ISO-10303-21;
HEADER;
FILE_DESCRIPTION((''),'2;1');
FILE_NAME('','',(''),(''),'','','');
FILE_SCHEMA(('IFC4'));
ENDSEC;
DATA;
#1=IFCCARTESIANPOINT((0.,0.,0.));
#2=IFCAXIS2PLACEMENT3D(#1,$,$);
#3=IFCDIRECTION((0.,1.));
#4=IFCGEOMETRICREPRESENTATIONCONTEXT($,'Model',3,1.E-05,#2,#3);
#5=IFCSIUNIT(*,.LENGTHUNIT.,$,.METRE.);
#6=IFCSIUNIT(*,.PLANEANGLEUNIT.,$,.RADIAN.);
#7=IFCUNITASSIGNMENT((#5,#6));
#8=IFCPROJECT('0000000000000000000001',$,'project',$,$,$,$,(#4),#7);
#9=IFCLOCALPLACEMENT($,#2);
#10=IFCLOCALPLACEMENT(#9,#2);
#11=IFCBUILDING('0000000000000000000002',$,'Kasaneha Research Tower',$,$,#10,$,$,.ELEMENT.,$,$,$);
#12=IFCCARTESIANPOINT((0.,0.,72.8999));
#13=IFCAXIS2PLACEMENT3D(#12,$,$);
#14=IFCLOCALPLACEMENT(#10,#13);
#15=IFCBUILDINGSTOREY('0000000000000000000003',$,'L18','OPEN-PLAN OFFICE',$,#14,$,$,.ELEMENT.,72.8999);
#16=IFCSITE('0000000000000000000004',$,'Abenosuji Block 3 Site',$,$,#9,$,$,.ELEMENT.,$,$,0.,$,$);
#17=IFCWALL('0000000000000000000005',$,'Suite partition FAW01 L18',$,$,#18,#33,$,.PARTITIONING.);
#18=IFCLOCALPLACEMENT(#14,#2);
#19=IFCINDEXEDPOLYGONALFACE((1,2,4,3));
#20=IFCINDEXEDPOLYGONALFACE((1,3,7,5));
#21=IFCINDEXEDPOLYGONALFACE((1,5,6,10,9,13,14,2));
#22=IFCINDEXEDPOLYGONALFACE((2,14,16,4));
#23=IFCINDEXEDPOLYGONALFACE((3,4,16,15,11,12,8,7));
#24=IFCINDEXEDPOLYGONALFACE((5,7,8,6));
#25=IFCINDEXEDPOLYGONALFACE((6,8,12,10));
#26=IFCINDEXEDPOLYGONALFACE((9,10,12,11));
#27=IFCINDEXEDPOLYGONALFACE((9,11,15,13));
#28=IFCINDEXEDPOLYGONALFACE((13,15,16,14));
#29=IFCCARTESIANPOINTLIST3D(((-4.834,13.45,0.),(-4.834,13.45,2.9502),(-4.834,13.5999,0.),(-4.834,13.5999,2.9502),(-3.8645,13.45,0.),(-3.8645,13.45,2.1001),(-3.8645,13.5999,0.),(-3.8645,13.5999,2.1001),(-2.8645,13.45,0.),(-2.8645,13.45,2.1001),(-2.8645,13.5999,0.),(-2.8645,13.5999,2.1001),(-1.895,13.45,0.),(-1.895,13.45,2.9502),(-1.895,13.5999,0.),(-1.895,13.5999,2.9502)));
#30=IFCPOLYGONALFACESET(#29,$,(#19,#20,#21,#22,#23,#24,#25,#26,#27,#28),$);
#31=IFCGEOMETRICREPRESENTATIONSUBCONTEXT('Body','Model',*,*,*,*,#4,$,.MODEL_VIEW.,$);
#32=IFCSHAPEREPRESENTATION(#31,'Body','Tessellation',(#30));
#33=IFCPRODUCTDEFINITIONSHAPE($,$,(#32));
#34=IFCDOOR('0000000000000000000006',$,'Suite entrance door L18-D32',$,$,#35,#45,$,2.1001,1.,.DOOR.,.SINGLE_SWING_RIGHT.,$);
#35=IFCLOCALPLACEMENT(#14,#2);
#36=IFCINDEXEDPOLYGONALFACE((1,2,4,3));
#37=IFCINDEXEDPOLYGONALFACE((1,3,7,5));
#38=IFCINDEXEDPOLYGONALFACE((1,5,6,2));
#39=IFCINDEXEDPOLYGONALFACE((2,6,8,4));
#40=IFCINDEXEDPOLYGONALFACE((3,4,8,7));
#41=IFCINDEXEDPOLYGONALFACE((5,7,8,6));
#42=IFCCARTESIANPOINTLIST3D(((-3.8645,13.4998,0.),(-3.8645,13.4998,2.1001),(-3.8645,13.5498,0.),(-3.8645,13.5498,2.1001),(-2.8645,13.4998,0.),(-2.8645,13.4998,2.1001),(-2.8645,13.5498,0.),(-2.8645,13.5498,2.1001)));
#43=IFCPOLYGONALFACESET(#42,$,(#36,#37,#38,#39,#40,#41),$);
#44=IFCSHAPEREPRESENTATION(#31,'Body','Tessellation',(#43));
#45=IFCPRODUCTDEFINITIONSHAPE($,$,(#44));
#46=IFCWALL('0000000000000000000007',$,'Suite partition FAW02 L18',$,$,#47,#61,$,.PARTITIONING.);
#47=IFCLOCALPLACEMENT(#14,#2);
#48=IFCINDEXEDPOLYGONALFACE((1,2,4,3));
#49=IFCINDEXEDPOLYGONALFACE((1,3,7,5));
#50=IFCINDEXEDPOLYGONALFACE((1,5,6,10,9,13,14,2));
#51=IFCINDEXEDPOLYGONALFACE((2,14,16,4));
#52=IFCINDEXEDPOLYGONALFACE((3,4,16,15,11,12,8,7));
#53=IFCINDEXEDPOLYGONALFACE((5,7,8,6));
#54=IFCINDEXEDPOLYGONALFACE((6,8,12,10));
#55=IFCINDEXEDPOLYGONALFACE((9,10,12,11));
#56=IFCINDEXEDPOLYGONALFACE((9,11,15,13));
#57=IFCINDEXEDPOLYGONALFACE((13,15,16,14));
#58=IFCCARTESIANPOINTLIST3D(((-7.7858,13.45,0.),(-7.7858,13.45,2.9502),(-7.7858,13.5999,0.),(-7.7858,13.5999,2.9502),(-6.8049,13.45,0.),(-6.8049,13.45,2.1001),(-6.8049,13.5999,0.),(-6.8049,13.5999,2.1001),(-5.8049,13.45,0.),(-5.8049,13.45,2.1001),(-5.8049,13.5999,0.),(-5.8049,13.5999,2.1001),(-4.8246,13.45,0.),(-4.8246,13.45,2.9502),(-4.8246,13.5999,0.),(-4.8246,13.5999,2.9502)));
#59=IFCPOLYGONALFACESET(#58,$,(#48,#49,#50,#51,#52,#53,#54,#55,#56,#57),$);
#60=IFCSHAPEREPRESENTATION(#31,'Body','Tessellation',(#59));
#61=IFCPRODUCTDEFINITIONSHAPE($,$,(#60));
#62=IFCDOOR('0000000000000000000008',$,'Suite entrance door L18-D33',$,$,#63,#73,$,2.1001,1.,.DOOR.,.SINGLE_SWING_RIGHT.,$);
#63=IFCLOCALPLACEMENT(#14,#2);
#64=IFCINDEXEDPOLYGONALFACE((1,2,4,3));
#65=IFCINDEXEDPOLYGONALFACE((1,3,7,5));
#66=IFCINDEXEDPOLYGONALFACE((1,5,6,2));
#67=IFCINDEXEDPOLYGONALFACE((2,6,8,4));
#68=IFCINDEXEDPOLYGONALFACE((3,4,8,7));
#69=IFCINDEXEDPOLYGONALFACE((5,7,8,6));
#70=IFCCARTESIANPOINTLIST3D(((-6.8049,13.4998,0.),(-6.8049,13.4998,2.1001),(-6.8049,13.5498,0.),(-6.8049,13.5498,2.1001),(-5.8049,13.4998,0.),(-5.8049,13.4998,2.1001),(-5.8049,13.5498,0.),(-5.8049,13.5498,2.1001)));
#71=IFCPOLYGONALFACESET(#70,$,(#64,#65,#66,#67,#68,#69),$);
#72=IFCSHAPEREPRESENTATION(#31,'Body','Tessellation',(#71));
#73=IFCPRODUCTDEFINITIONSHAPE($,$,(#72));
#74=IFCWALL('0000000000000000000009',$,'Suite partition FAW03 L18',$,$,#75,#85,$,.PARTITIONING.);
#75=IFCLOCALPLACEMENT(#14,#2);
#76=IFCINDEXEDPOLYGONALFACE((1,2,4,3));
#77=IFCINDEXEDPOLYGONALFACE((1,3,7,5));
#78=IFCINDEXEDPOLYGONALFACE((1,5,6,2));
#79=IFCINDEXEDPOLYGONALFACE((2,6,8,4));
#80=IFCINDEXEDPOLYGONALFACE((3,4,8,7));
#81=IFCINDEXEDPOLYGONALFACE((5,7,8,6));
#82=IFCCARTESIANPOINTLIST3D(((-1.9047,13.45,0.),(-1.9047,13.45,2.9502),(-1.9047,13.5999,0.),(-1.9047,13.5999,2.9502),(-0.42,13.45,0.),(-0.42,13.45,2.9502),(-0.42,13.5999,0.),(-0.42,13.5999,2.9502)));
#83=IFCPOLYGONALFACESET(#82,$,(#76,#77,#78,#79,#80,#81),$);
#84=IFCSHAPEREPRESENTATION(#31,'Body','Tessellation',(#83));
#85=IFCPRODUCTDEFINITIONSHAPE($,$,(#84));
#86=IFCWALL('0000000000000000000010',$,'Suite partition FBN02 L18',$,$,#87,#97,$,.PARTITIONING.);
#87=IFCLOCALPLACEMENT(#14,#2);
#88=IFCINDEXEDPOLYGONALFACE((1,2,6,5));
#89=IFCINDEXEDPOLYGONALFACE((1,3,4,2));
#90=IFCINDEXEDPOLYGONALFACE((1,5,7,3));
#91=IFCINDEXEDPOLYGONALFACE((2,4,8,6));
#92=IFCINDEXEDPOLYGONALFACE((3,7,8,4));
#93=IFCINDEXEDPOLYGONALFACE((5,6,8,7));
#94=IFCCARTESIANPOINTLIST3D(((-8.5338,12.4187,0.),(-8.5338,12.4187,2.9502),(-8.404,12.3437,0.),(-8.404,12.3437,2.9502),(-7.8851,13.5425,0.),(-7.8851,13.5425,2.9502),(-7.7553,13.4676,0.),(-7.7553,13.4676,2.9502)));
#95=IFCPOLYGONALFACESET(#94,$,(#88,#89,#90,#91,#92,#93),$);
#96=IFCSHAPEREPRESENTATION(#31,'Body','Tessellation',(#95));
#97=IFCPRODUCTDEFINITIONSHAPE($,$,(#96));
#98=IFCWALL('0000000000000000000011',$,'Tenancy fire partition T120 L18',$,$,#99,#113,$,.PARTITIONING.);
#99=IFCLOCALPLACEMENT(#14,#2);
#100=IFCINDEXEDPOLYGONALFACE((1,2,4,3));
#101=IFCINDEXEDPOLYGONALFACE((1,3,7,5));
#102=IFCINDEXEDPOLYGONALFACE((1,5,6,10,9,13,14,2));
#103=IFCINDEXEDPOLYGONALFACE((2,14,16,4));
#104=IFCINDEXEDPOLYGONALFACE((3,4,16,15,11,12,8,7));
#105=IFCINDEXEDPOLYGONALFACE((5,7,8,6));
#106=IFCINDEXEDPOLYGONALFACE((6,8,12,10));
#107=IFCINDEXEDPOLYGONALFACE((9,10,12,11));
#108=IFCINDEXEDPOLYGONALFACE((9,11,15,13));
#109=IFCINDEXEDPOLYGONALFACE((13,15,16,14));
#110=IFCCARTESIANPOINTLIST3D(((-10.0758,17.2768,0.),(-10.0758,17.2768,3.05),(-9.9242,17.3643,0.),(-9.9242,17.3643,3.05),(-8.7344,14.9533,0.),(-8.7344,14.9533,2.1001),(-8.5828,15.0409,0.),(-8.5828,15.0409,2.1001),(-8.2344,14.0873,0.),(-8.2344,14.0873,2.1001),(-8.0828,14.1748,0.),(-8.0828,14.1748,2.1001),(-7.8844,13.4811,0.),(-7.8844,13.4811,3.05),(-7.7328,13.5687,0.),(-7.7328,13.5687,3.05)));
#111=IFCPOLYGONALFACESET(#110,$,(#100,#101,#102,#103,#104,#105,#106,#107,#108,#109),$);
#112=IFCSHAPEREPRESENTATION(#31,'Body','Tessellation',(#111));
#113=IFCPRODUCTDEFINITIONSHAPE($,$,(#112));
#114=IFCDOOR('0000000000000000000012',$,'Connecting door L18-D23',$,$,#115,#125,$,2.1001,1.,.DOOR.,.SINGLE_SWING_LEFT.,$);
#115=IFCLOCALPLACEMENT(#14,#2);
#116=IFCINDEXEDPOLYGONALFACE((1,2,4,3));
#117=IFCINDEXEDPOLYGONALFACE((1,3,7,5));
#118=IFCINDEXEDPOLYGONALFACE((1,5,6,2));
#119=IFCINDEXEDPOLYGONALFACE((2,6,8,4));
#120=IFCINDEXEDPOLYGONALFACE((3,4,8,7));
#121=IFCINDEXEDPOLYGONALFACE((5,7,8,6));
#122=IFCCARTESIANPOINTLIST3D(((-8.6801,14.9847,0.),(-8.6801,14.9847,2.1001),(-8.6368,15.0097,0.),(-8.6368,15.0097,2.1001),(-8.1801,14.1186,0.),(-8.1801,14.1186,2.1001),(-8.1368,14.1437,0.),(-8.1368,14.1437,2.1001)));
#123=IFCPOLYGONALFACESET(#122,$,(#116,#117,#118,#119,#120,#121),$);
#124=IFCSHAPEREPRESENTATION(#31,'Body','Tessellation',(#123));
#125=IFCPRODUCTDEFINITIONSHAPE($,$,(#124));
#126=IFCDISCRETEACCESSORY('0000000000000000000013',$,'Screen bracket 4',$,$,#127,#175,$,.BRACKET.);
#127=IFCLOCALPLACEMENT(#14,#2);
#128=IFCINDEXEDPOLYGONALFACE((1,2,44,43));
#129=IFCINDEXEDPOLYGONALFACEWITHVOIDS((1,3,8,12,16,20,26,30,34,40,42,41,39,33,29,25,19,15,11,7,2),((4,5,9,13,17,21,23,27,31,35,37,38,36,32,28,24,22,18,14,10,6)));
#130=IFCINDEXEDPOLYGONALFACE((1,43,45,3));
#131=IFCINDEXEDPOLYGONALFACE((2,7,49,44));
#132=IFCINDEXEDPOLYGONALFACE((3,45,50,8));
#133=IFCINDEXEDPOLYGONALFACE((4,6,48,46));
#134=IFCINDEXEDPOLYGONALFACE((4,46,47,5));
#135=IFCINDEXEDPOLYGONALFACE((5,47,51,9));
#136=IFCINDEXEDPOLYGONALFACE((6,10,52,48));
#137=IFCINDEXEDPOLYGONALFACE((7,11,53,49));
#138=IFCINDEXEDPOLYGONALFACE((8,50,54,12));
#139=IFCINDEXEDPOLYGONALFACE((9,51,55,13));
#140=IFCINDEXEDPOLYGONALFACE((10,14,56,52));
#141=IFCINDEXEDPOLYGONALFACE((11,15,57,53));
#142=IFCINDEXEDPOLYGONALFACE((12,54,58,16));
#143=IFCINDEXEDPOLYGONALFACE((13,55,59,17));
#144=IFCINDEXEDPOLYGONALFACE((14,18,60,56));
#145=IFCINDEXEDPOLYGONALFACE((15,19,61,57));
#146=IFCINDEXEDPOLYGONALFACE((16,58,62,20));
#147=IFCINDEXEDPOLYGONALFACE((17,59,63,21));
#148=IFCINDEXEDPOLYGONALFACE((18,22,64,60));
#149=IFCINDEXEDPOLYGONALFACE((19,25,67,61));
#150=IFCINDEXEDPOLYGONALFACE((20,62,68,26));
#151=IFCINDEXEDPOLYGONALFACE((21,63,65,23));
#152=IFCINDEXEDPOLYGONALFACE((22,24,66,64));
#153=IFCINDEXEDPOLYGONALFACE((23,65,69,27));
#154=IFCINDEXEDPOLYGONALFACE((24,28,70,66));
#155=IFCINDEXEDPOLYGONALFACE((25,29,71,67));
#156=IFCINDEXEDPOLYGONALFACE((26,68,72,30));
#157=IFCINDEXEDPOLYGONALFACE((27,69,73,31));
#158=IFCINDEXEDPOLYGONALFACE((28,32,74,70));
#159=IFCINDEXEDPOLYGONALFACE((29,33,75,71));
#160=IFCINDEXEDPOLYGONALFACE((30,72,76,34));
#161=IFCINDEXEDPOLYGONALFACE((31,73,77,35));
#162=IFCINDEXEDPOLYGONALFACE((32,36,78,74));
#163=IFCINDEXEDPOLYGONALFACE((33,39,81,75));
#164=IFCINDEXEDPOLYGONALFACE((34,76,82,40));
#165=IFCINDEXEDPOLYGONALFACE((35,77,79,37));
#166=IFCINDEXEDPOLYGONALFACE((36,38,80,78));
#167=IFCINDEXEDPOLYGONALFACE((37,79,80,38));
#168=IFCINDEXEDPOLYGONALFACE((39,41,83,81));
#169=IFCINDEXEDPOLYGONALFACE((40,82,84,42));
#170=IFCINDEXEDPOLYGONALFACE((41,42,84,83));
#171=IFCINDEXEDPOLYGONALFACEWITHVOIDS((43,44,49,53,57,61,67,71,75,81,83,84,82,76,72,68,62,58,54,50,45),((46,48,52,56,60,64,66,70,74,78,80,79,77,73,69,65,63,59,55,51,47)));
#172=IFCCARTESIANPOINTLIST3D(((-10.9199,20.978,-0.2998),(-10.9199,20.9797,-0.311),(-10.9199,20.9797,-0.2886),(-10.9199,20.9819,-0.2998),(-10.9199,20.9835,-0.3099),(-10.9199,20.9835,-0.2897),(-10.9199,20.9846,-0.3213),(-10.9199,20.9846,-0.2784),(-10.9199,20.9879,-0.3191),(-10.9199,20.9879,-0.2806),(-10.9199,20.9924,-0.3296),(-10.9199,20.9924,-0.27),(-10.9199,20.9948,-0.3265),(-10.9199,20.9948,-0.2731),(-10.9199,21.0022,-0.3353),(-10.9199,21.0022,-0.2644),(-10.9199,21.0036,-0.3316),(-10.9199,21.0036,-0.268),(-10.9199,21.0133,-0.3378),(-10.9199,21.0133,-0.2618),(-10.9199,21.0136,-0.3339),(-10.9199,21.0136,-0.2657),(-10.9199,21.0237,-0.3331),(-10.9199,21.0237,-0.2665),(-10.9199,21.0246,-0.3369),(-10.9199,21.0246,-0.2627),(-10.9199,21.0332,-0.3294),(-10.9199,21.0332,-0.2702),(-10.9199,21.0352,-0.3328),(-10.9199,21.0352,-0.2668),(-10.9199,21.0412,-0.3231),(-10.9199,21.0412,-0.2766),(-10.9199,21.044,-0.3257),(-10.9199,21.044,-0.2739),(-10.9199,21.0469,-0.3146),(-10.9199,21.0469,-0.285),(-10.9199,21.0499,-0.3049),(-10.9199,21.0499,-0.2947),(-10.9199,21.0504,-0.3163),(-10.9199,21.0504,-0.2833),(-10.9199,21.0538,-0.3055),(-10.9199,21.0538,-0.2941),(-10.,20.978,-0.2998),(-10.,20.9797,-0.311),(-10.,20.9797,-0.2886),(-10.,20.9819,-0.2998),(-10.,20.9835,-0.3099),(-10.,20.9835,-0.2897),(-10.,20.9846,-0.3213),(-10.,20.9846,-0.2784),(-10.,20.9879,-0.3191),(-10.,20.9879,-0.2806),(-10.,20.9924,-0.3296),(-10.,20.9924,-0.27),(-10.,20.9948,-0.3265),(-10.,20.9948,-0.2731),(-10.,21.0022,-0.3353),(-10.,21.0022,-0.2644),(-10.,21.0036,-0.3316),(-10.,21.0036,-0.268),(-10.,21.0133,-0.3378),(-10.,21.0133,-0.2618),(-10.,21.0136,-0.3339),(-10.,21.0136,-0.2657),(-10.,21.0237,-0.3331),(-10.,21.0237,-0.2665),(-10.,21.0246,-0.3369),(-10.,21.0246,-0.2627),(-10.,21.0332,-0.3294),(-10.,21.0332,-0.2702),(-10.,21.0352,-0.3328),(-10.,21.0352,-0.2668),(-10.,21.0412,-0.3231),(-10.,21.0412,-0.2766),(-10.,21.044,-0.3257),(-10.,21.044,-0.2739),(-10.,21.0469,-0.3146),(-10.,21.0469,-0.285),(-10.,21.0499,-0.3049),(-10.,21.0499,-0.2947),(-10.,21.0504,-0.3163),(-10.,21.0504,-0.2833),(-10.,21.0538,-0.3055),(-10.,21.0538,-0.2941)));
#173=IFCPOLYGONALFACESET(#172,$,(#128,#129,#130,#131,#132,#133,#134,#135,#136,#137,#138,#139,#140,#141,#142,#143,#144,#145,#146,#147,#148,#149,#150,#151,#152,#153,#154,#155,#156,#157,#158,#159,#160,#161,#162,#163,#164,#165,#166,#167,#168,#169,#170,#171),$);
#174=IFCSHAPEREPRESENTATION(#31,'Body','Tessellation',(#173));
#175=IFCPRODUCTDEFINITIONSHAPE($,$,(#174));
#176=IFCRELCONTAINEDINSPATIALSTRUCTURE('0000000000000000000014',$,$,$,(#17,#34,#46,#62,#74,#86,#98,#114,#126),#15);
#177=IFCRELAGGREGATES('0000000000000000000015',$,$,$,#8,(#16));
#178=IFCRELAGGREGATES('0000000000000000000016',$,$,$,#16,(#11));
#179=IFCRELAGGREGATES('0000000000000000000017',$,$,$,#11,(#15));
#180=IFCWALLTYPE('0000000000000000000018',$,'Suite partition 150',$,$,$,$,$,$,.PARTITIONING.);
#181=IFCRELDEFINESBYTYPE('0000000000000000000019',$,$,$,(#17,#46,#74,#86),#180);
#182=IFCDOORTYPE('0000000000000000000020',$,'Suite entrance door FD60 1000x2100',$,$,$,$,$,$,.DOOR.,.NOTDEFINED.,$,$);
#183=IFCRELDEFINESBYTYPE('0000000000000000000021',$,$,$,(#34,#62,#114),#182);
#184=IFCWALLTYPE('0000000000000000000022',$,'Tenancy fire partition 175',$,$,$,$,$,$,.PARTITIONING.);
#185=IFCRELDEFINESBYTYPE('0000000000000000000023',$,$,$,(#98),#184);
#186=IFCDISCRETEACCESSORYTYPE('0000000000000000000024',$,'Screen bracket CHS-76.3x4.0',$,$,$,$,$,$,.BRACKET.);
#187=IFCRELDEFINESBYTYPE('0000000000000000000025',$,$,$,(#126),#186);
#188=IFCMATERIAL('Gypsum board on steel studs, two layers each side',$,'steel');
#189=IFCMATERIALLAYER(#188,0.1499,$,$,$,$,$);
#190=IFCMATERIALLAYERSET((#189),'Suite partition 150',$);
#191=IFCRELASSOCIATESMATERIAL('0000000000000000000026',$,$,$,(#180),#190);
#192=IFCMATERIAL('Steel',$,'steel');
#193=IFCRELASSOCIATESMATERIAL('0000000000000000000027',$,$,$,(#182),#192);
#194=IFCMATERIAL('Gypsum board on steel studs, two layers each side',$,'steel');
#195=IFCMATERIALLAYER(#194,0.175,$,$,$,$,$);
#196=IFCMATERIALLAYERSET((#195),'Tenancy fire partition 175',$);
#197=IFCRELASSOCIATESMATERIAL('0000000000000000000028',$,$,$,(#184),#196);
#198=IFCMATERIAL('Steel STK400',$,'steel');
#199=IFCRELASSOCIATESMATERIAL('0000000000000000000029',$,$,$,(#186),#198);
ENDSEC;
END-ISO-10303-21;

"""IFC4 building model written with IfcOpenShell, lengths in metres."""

from ifc_helpers import new_model, si_unit, direction, frame, frame_2d, origin, origin_2d, place, context, subcontext, project, spatial, rectangle, hollow_circle, extrude, material, layer, layer_set, material_profile, profile_set, type_object, element, fill, save


model = new_model("IFC4")

# Units and contexts
model_context = context("Model", 3, precision=1e-05, world=origin(), true_north=direction((0.0, 1.0)))
body_context = subcontext(model_context, "Body", "Model", "MODEL_VIEW")
ifc_project = project(units=[si_unit("LENGTHUNIT", "METRE"), si_unit("PLANEANGLEUNIT", "RADIAN")], contexts=[model_context])

# Site, building, storey
site_placement = place(None, origin())
site = spatial("IfcSite", under=ifc_project, at=site_placement, Name="Abenosuji Block 3 Site", CompositionType="ELEMENT", RefElevation=0.0)
building_placement = place(site_placement, origin())
building = spatial("IfcBuilding", under=site, at=building_placement, Name="Kasaneha Research Tower", CompositionType="ELEMENT")
storey_placement = place(building_placement, frame((0.0, 0.0, 72.8999)))
storey = spatial("IfcBuildingStorey", under=building, at=storey_placement, Name="L18", Description="OPEN-PLAN OFFICE", CompositionType="ELEMENT", Elevation=72.8999)

# Walls, openings, doors
ifc_material_1 = material(Name="Gypsum board on steel studs, two layers each side", Category="steel")
ifc_layer_1 = layer(ifc_material_1, 0.1499)
ifc_layer_set_1 = layer_set([ifc_layer_1], Name="Suite partition 150")
wall_type_1 = type_object("IfcWallType", Name="Suite partition 150", PredefinedType="PARTITIONING", material=ifc_layer_set_1)
wall_1_placement = place(storey_placement, frame((-4.834, 13.5249, 0.0), z_axis=(0.0, 0.0, 1.0), x_axis=(1.0, 0.0, 0.0)))
wall_1 = element("IfcWall", 1, at=wall_1_placement, inside=storey, type_object=wall_type_1, Name="Suite partition FAW01 L18", PredefinedType="PARTITIONING", context=body_context, shape_type="SweptSolid", body=[
    extrude(rectangle(XDim=2.939, YDim=0.1499, at=frame_2d((1.4695, 0.0))), origin(), (0.0, 0.0, 1.0), 2.9502),
])
opening_1_placement = place(wall_1_placement, frame((0.9695, 0.0, 0.0)))
opening_1 = element("IfcOpeningElement", 2, at=opening_1_placement, cuts=wall_1, PredefinedType="OPENING", context=body_context, shape_type="SweptSolid", body=[
    extrude(rectangle(XDim=1.0, YDim=2.1001, at=frame_2d((0.5, 1.05))), frame((0.0, 0.085, 0.0), z_axis=(0.0, -1.0, 0.0), x_axis=(1.0, 0.0, 0.0)), (0.0, 0.0, 1.0), 0.1699),
])
ifc_material_2 = material(Name="Steel", Category="steel")
door_type_1 = type_object("IfcDoorType", Name="Suite entrance door FD60 1000x2100", OperationType="NOTDEFINED", PredefinedType="DOOR", material=ifc_material_2)
door_1_placement = place(opening_1_placement, origin())
door_1 = element("IfcDoor", 3, at=door_1_placement, inside=storey, type_object=door_type_1, Name="Suite entrance door L18-D32", OperationType="SINGLE_SWING_RIGHT", OverallHeight=2.1001, OverallWidth=1.0, PredefinedType="DOOR", context=body_context, shape_type="SweptSolid", body=[
    extrude(rectangle(XDim=1.0, YDim=2.1001, at=frame_2d((0.5, 1.05))), frame((0.0, 0.0249, 0.0), z_axis=(0.0, -1.0, 0.0), x_axis=(1.0, 0.0, 0.0)), (0.0, 0.0, 1.0), 0.05),
])
fill(opening_1, door_1)
wall_2_placement = place(storey_placement, frame((-7.7856, 13.5249, 0.0), z_axis=(0.0, 0.0, 1.0), x_axis=(1.0, 0.0, 0.0)))
wall_2 = element("IfcWall", 4, at=wall_2_placement, inside=storey, type_object=wall_type_1, Name="Suite partition FAW02 L18", PredefinedType="PARTITIONING", context=body_context, shape_type="SweptSolid", body=[
    extrude(rectangle(XDim=2.9612, YDim=0.1499, at=frame_2d((1.4805, 0.0))), origin(), (0.0, 0.0, 1.0), 2.9502),
])
opening_2_placement = place(wall_2_placement, frame((0.9807, 0.0, 0.0)))
opening_2 = element("IfcOpeningElement", 5, at=opening_2_placement, cuts=wall_2, PredefinedType="OPENING", context=body_context, shape_type="SweptSolid", body=[
    extrude(rectangle(XDim=1.0, YDim=2.1001, at=frame_2d((0.5, 1.05))), frame((0.0, 0.085, 0.0), z_axis=(0.0, -1.0, 0.0), x_axis=(1.0, 0.0, 0.0)), (0.0, 0.0, 1.0), 0.1699),
])
door_2_placement = place(opening_2_placement, origin())
door_2 = element("IfcDoor", 6, at=door_2_placement, inside=storey, type_object=door_type_1, Name="Suite entrance door L18-D33", OperationType="SINGLE_SWING_RIGHT", OverallHeight=2.1001, OverallWidth=1.0, PredefinedType="DOOR", context=body_context, shape_type="SweptSolid", body=[
    extrude(rectangle(XDim=1.0, YDim=2.1001, at=frame_2d((0.5, 1.05))), frame((0.0, 0.0249, 0.0), z_axis=(0.0, -1.0, 0.0), x_axis=(1.0, 0.0, 0.0)), (0.0, 0.0, 1.0), 0.05),
])
fill(opening_2, door_2)

# Walls
wall_3_placement = place(storey_placement, frame((-1.9045, 13.5249, 0.0), z_axis=(0.0, 0.0, 1.0), x_axis=(1.0, 0.0, 0.0)))
element("IfcWall", 7, at=wall_3_placement, inside=storey, type_object=wall_type_1, Name="Suite partition FAW03 L18", PredefinedType="PARTITIONING", context=body_context, shape_type="SweptSolid", body=[
    extrude(rectangle(XDim=1.4846, YDim=0.1499, at=frame_2d((0.7422, 0.0))), origin(), (0.0, 0.0, 1.0), 2.9502),
])
wall_4_placement = place(storey_placement, frame((-8.469, 12.3811, 0.0), z_axis=(0.0, 0.0, 1.0), x_axis=(0.499923, 0.86607, 0.0)))
element("IfcWall", 8, at=wall_4_placement, inside=storey, type_object=wall_type_1, Name="Suite partition FBN02 L18", PredefinedType="PARTITIONING", context=body_context, shape_type="SweptSolid", body=[
    extrude(rectangle(XDim=1.2976, YDim=0.1499, at=frame_2d((0.6489, 0.0))), origin(), (0.0, 0.0, 1.0), 2.9502),
])

# Wall, opening, door
ifc_material_3 = material(Name="Gypsum board on steel studs, two layers each side", Category="steel")
ifc_layer_2 = layer(ifc_material_3, 0.175)
ifc_layer_set_2 = layer_set([ifc_layer_2], Name="Tenancy fire partition 175")
wall_type_2 = type_object("IfcWallType", Name="Tenancy fire partition 175", PredefinedType="PARTITIONING", material=ifc_layer_set_2)
wall_5_placement = place(storey_placement, frame((-7.8086, 13.5249, 0.0), z_axis=(0.0, 0.0, 1.0), x_axis=(-0.499997, 0.866027, 0.0)))
wall_5 = element("IfcWall", 9, at=wall_5_placement, inside=storey, type_object=wall_type_2, Name="Tenancy fire partition T120 L18", PredefinedType="PARTITIONING", context=body_context, shape_type="SweptSolid", body=[
    extrude(rectangle(XDim=4.3828, YDim=0.175, at=frame_2d((2.1914, 0.0))), origin(), (0.0, 0.0, 1.0), 3.05),
])
opening_3_placement = place(wall_5_placement, frame((0.7, 0.0, 0.0)))
opening_3 = element("IfcOpeningElement", 10, at=opening_3_placement, cuts=wall_5, PredefinedType="OPENING", context=body_context, shape_type="SweptSolid", body=[
    extrude(rectangle(XDim=1.0, YDim=2.1001, at=frame_2d((0.5, 1.05))), frame((0.0, 0.0977, 0.0), z_axis=(0.0, -1.0, 0.0), x_axis=(1.0, 0.0, 0.0)), (0.0, 0.0, 1.0), 0.1951),
])
door_3_placement = place(opening_3_placement, origin())
door_3 = element("IfcDoor", 11, at=door_3_placement, inside=storey, type_object=door_type_1, Name="Connecting door L18-D23", OperationType="SINGLE_SWING_LEFT", OverallHeight=2.1001, OverallWidth=1.0, PredefinedType="DOOR", context=body_context, shape_type="SweptSolid", body=[
    extrude(rectangle(XDim=1.0, YDim=2.1001, at=frame_2d((0.5, 1.05))), frame((0.0, 0.0249, 0.0), z_axis=(0.0, -1.0, 0.0), x_axis=(1.0, 0.0, 0.0)), (0.0, 0.0, 1.0), 0.05),
])
fill(opening_3, door_3)

# Discrete accessory
ifc_material_4 = material(Name="Steel STK400", Category="steel")
ifc_material_profile_1 = material_profile(ifc_material_4, hollow_circle(Radius=0.0381, WallThickness=0.0039, at=origin_2d()), Name="CHS-76.3x4.0")
ifc_profile_set_1 = profile_set([ifc_material_profile_1], Name="Steel STK400")
discrete_accessory_type = type_object("IfcDiscreteAccessoryType", Name="Screen bracket CHS-76.3x4.0", PredefinedType="BRACKET", material=ifc_profile_set_1)
for number, where, z_axis, x_axis, name in (
    (12, (-10.0, 21.0161, -0.2998), (-1.0, 0.0, 0.0), (0.0, -1.0, 0.0), "Screen bracket 4"),
):
    element("IfcDiscreteAccessory", number, at=place(storey_placement, frame(where, z_axis=z_axis, x_axis=x_axis)), inside=storey, type_object=discrete_accessory_type, Name=name, PredefinedType="BRACKET", context=body_context, shape_type="SweptSolid", body=[
        extrude(hollow_circle(Radius=0.0381, WallThickness=0.0039, at=origin_2d()), origin(), (0.0, 0.0, 1.0), 0.9199),
    ])

save(model, "model.ifc")
